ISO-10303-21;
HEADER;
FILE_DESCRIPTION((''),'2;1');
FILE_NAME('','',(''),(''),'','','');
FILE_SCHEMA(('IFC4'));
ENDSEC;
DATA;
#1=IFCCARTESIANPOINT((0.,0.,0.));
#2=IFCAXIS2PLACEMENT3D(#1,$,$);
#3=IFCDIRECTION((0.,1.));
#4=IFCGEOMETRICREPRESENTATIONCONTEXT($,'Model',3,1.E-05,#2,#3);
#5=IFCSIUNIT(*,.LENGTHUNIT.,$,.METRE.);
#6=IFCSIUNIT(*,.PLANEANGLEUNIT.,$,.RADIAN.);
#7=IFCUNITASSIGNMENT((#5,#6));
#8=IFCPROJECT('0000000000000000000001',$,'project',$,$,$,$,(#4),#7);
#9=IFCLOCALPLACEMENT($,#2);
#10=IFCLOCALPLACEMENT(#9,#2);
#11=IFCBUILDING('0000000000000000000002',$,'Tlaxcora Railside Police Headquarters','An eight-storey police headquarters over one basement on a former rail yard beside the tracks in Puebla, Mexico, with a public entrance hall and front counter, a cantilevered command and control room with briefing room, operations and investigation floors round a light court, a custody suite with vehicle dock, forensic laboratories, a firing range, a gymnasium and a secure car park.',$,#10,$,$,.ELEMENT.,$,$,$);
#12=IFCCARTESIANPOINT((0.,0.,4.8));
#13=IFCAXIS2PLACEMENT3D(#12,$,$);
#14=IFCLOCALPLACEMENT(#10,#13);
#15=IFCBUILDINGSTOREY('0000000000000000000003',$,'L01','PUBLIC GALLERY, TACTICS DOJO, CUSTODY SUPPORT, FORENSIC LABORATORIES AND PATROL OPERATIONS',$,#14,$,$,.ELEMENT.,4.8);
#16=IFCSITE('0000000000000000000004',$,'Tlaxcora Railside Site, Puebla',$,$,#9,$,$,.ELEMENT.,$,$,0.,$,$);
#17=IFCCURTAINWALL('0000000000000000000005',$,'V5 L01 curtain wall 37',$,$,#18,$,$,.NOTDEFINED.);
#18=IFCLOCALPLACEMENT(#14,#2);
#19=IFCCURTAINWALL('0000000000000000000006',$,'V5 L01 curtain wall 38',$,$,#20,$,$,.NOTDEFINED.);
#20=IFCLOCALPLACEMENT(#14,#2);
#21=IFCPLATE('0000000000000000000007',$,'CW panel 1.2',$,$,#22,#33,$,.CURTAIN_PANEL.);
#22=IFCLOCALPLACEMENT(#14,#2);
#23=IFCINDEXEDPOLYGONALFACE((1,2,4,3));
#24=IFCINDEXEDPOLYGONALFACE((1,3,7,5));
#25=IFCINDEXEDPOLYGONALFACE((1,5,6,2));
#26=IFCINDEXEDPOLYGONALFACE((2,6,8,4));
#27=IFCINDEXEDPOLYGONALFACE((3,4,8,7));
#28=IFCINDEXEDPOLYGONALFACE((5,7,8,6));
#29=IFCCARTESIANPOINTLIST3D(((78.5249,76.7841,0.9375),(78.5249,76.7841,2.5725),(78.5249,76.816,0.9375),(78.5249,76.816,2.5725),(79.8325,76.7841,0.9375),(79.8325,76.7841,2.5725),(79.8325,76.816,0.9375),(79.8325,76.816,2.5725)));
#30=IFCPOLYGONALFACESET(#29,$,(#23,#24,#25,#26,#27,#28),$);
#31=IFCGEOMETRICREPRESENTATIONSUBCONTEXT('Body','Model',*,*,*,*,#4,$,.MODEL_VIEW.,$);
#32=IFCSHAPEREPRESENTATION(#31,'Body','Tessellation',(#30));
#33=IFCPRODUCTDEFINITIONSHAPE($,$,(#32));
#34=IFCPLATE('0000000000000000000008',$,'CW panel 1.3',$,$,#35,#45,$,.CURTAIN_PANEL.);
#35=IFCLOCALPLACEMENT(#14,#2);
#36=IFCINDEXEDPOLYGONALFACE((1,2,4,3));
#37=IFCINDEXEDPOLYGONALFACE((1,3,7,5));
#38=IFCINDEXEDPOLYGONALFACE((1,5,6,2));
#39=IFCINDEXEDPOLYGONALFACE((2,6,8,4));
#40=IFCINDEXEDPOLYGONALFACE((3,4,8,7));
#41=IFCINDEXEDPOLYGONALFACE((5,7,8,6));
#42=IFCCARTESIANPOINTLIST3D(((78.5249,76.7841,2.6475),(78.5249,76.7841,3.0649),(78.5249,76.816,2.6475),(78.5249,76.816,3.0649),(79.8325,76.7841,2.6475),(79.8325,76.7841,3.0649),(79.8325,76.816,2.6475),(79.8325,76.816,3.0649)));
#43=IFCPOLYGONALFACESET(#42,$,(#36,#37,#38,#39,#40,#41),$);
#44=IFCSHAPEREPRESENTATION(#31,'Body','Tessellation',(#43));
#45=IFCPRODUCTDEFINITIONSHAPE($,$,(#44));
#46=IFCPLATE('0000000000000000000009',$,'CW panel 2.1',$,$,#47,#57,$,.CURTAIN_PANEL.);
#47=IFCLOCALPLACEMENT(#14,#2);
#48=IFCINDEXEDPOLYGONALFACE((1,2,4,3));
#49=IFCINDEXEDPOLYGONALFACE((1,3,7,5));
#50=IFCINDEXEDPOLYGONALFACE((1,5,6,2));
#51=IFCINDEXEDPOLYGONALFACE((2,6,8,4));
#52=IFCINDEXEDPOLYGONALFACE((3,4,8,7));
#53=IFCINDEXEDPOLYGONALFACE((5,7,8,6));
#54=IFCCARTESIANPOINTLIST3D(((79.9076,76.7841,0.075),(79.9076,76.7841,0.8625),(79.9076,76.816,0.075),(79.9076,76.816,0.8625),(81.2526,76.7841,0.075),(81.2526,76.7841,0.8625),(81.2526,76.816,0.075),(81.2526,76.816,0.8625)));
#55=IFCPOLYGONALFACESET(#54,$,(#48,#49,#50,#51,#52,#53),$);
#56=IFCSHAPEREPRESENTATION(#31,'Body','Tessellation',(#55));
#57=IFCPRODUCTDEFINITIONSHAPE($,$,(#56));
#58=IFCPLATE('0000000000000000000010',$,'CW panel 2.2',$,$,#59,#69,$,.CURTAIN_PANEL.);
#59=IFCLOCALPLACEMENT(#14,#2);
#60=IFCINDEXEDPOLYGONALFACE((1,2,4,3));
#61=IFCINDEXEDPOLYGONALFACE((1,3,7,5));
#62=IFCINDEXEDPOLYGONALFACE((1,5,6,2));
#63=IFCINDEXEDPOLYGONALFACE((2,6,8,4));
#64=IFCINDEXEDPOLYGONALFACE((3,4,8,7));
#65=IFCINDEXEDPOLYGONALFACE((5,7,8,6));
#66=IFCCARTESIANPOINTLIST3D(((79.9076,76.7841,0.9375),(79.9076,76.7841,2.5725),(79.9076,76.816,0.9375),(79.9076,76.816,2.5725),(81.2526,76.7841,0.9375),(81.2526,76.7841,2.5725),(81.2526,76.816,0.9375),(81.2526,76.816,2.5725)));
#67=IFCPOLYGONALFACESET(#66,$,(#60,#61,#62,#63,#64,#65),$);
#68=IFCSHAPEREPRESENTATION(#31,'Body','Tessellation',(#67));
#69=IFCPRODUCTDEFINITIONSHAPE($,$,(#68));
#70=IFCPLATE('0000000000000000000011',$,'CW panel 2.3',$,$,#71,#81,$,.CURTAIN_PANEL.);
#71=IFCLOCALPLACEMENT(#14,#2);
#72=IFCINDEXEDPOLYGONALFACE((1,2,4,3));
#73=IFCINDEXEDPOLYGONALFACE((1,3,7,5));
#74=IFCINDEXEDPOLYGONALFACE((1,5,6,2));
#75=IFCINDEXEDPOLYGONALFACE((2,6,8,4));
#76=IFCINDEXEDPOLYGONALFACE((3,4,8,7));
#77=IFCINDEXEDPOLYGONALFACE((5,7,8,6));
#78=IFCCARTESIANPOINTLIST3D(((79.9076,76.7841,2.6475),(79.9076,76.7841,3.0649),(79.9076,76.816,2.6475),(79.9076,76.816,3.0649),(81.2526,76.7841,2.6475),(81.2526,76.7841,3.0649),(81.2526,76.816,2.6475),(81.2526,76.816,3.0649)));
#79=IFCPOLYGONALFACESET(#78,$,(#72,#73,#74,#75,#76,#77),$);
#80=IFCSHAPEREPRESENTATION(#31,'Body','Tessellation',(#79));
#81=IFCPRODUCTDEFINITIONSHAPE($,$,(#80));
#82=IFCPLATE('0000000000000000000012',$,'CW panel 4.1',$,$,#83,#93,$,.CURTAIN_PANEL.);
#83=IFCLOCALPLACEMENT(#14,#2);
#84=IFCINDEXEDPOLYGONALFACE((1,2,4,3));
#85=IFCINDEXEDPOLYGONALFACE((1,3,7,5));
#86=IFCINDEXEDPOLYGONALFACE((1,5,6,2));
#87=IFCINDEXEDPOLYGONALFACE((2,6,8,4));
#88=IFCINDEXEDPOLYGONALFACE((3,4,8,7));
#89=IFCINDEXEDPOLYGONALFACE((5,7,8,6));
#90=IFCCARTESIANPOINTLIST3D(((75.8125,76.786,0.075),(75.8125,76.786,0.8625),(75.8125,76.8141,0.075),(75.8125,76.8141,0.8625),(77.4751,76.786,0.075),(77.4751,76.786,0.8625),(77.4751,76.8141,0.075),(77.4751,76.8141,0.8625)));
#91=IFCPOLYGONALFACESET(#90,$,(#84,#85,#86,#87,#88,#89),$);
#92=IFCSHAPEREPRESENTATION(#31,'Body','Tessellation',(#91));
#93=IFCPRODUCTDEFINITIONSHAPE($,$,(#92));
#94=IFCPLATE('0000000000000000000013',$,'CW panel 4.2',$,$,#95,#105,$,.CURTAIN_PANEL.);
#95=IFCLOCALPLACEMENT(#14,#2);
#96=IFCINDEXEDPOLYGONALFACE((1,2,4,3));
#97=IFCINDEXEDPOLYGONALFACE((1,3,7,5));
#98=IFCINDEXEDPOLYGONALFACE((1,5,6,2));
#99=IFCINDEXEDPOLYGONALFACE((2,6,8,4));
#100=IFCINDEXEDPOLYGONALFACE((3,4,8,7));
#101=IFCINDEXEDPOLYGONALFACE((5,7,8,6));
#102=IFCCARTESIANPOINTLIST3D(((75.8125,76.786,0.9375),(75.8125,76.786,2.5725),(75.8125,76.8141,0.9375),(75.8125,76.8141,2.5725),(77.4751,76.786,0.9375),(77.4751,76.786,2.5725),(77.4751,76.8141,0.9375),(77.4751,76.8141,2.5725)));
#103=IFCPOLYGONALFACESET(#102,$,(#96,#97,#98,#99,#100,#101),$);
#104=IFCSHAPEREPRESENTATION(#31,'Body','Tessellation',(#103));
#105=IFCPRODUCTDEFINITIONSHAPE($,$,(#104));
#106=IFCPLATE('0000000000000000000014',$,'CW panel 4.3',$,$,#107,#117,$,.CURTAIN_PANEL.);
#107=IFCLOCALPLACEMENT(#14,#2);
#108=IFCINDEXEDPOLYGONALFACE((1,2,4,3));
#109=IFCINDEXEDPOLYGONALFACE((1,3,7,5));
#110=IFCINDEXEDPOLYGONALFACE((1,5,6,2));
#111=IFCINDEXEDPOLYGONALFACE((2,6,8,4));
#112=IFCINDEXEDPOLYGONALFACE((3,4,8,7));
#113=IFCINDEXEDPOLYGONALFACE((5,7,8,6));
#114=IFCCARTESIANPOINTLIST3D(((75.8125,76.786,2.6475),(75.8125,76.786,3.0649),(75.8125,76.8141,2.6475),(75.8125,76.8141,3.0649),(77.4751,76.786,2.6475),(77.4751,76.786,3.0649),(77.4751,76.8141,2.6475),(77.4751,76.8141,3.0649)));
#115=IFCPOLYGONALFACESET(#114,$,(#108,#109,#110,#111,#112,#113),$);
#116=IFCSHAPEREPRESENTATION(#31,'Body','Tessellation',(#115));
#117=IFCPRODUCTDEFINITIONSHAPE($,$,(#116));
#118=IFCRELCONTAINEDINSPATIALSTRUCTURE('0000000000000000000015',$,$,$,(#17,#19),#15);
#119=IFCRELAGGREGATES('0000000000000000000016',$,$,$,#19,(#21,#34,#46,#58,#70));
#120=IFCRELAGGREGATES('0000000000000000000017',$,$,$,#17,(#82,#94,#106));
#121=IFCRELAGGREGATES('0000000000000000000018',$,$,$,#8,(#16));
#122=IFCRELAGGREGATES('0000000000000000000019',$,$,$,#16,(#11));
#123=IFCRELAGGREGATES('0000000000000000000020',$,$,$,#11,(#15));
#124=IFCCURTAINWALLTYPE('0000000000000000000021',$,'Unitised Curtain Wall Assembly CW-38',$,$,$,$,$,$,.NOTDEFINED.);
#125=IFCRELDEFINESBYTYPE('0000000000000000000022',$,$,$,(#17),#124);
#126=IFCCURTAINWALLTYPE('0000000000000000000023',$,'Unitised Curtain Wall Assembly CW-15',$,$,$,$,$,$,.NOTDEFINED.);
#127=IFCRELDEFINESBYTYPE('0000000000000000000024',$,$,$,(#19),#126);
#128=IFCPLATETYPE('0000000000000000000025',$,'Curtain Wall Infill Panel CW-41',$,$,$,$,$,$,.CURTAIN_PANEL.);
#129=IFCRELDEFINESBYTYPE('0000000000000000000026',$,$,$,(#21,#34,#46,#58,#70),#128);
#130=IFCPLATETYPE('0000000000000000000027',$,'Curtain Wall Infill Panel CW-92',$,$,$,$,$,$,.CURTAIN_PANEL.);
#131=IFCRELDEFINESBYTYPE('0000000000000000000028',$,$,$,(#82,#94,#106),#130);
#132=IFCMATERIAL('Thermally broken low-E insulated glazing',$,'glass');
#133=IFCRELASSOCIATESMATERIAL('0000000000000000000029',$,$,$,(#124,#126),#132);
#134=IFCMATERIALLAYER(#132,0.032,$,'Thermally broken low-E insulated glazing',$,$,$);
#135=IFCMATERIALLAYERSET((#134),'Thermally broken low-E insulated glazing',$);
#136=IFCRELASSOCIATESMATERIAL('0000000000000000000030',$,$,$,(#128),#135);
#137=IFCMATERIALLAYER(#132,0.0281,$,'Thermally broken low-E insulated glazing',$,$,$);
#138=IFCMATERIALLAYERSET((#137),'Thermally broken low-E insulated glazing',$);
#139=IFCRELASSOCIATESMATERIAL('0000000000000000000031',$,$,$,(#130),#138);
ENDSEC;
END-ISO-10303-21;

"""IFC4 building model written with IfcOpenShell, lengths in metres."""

from ifc_helpers import new_model, si_unit, direction, frame, origin, origin_2d, place, context, subcontext, project, spatial, rectangle, extrude, material, layer, layer_set, type_object, element, aggregate, save


model = new_model("IFC4")

# Units and contexts
model_context = context("Model", 3, precision=1e-05, world=origin(), true_north=direction((0.0, 1.0)))
body_context = subcontext(model_context, "Body", "Model", "MODEL_VIEW")
ifc_project = project(units=[si_unit("LENGTHUNIT", "METRE"), si_unit("PLANEANGLEUNIT", "RADIAN")], contexts=[model_context])

# Site, building, storey
site_placement = place(None, origin())
site = spatial("IfcSite", under=ifc_project, at=site_placement, Name="Tlaxcora Railside Site, Puebla", CompositionType="ELEMENT", RefElevation=0.0)
building_placement = place(site_placement, origin())
building = spatial("IfcBuilding", under=site, at=building_placement, Name="Tlaxcora Railside Police Headquarters", Description="An eight-storey police headquarters over one basement on a former rail yard beside the tracks in Puebla, Mexico, with a public entrance hall and front counter, a cantilevered command and control room with briefing room, operations and investigation floors round a light court, a custody suite with vehicle dock, forensic laboratories, a firing range, a gymnasium and a secure car park.", CompositionType="ELEMENT")
storey_placement = place(building_placement, frame((0.0, 0.0, 4.8)))
storey = spatial("IfcBuildingStorey", under=building, at=storey_placement, Name="L01", Description="PUBLIC GALLERY, TACTICS DOJO, CUSTODY SUPPORT, FORENSIC LABORATORIES AND PATROL OPERATIONS", CompositionType="ELEMENT", Elevation=4.8)

# Curtain wall
ifc_material_1 = material(Name="Thermally broken low-E insulated glazing", Category="glass")
curtain_wall_type_1 = type_object("IfcCurtainWallType", Name="Unitised Curtain Wall Assembly CW-38", PredefinedType="NOTDEFINED", material=ifc_material_1)
curtain_wall_1_placement = place(storey_placement, origin())
curtain_wall_1 = element("IfcCurtainWall", 1, at=curtain_wall_1_placement, inside=storey, type_object=curtain_wall_type_1, Name="V5 L01 curtain wall 37", PredefinedType="NOTDEFINED")

# Curtain wall
curtain_wall_type_2 = type_object("IfcCurtainWallType", Name="Unitised Curtain Wall Assembly CW-15", PredefinedType="NOTDEFINED", material=ifc_material_1)
curtain_wall_2_placement = place(storey_placement, origin())
curtain_wall_2 = element("IfcCurtainWall", 2, at=curtain_wall_2_placement, inside=storey, type_object=curtain_wall_type_2, Name="V5 L01 curtain wall 38", PredefinedType="NOTDEFINED")

# Plates
ifc_layer_1 = layer(ifc_material_1, 0.032, Name="Thermally broken low-E insulated glazing")
ifc_layer_set_1 = layer_set([ifc_layer_1], Name="Thermally broken low-E insulated glazing")
plate_type_1 = type_object("IfcPlateType", Name="Curtain Wall Infill Panel CW-41", PredefinedType="CURTAIN_PANEL", material=ifc_layer_set_1)
plate_1_placement = place(storey_placement, frame((79.1787, 76.8, 0.9375), z_axis=(0.0, 0.0, 1.0), x_axis=(1.0, 0.0, 0.0)))
plate_1 = element("IfcPlate", 3, at=plate_1_placement, type_object=plate_type_1, Name="CW panel 1.2", PredefinedType="CURTAIN_PANEL", context=body_context, shape_type="SweptSolid", body=[
    extrude(rectangle(XDim=1.3076, YDim=0.032, at=origin_2d()), origin(), (0.0, 0.0, 1.0), 1.635),
])
plate_2_placement = place(storey_placement, frame((79.1787, 76.8, 2.6475), z_axis=(0.0, 0.0, 1.0), x_axis=(1.0, 0.0, 0.0)))
plate_2 = element("IfcPlate", 4, at=plate_2_placement, type_object=plate_type_1, Name="CW panel 1.3", PredefinedType="CURTAIN_PANEL", context=body_context, shape_type="SweptSolid", body=[
    extrude(rectangle(XDim=1.3076, YDim=0.032, at=origin_2d()), origin(), (0.0, 0.0, 1.0), 0.4175),
])
plate_3_placement = place(storey_placement, frame((80.5801, 76.8, 0.075), z_axis=(0.0, 0.0, 1.0), x_axis=(1.0, 0.0, 0.0)))
plate_3 = element("IfcPlate", 5, at=plate_3_placement, type_object=plate_type_1, Name="CW panel 2.1", PredefinedType="CURTAIN_PANEL", context=body_context, shape_type="SweptSolid", body=[
    extrude(rectangle(XDim=1.345, YDim=0.032, at=origin_2d()), origin(), (0.0, 0.0, 1.0), 0.7876),
])
plate_4_placement = place(storey_placement, frame((80.5801, 76.8, 0.9375), z_axis=(0.0, 0.0, 1.0), x_axis=(1.0, 0.0, 0.0)))
plate_4 = element("IfcPlate", 6, at=plate_4_placement, type_object=plate_type_1, Name="CW panel 2.2", PredefinedType="CURTAIN_PANEL", context=body_context, shape_type="SweptSolid", body=[
    extrude(rectangle(XDim=1.345, YDim=0.032, at=origin_2d()), origin(), (0.0, 0.0, 1.0), 1.635),
])
plate_5_placement = place(storey_placement, frame((80.5801, 76.8, 2.6475), z_axis=(0.0, 0.0, 1.0), x_axis=(1.0, 0.0, 0.0)))
plate_5 = element("IfcPlate", 7, at=plate_5_placement, type_object=plate_type_1, Name="CW panel 2.3", PredefinedType="CURTAIN_PANEL", context=body_context, shape_type="SweptSolid", body=[
    extrude(rectangle(XDim=1.345, YDim=0.032, at=origin_2d()), origin(), (0.0, 0.0, 1.0), 0.4175),
])
aggregate(curtain_wall_2, [plate_1, plate_2, plate_3, plate_4, plate_5])
ifc_layer_2 = layer(ifc_material_1, 0.0281, Name="Thermally broken low-E insulated glazing")
ifc_layer_set_2 = layer_set([ifc_layer_2], Name="Thermally broken low-E insulated glazing")
plate_type_2 = type_object("IfcPlateType", Name="Curtain Wall Infill Panel CW-92", PredefinedType="CURTAIN_PANEL", material=ifc_layer_set_2)
plate_6_placement = place(storey_placement, frame((76.6438, 76.8, 0.075), z_axis=(0.0, 0.0, 1.0), x_axis=(1.0, 0.0, 0.0)))
plate_6 = element("IfcPlate", 8, at=plate_6_placement, type_object=plate_type_2, Name="CW panel 4.1", PredefinedType="CURTAIN_PANEL", context=body_context, shape_type="SweptSolid", body=[
    extrude(rectangle(XDim=1.6626, YDim=0.0281, at=origin_2d()), origin(), (0.0, 0.0, 1.0), 0.7876),
])
plate_7_placement = place(storey_placement, frame((76.6438, 76.8, 0.9375), z_axis=(0.0, 0.0, 1.0), x_axis=(1.0, 0.0, 0.0)))
plate_7 = element("IfcPlate", 9, at=plate_7_placement, type_object=plate_type_2, Name="CW panel 4.2", PredefinedType="CURTAIN_PANEL", context=body_context, shape_type="SweptSolid", body=[
    extrude(rectangle(XDim=1.6626, YDim=0.0281, at=origin_2d()), origin(), (0.0, 0.0, 1.0), 1.635),
])
plate_8_placement = place(storey_placement, frame((76.6438, 76.8, 2.6475), z_axis=(0.0, 0.0, 1.0), x_axis=(1.0, 0.0, 0.0)))
plate_8 = element("IfcPlate", 10, at=plate_8_placement, type_object=plate_type_2, Name="CW panel 4.3", PredefinedType="CURTAIN_PANEL", context=body_context, shape_type="SweptSolid", body=[
    extrude(rectangle(XDim=1.6626, YDim=0.0281, at=origin_2d()), origin(), (0.0, 0.0, 1.0), 0.4175),
])
aggregate(curtain_wall_1, [plate_6, plate_7, plate_8])

save(model, "model.ifc")
